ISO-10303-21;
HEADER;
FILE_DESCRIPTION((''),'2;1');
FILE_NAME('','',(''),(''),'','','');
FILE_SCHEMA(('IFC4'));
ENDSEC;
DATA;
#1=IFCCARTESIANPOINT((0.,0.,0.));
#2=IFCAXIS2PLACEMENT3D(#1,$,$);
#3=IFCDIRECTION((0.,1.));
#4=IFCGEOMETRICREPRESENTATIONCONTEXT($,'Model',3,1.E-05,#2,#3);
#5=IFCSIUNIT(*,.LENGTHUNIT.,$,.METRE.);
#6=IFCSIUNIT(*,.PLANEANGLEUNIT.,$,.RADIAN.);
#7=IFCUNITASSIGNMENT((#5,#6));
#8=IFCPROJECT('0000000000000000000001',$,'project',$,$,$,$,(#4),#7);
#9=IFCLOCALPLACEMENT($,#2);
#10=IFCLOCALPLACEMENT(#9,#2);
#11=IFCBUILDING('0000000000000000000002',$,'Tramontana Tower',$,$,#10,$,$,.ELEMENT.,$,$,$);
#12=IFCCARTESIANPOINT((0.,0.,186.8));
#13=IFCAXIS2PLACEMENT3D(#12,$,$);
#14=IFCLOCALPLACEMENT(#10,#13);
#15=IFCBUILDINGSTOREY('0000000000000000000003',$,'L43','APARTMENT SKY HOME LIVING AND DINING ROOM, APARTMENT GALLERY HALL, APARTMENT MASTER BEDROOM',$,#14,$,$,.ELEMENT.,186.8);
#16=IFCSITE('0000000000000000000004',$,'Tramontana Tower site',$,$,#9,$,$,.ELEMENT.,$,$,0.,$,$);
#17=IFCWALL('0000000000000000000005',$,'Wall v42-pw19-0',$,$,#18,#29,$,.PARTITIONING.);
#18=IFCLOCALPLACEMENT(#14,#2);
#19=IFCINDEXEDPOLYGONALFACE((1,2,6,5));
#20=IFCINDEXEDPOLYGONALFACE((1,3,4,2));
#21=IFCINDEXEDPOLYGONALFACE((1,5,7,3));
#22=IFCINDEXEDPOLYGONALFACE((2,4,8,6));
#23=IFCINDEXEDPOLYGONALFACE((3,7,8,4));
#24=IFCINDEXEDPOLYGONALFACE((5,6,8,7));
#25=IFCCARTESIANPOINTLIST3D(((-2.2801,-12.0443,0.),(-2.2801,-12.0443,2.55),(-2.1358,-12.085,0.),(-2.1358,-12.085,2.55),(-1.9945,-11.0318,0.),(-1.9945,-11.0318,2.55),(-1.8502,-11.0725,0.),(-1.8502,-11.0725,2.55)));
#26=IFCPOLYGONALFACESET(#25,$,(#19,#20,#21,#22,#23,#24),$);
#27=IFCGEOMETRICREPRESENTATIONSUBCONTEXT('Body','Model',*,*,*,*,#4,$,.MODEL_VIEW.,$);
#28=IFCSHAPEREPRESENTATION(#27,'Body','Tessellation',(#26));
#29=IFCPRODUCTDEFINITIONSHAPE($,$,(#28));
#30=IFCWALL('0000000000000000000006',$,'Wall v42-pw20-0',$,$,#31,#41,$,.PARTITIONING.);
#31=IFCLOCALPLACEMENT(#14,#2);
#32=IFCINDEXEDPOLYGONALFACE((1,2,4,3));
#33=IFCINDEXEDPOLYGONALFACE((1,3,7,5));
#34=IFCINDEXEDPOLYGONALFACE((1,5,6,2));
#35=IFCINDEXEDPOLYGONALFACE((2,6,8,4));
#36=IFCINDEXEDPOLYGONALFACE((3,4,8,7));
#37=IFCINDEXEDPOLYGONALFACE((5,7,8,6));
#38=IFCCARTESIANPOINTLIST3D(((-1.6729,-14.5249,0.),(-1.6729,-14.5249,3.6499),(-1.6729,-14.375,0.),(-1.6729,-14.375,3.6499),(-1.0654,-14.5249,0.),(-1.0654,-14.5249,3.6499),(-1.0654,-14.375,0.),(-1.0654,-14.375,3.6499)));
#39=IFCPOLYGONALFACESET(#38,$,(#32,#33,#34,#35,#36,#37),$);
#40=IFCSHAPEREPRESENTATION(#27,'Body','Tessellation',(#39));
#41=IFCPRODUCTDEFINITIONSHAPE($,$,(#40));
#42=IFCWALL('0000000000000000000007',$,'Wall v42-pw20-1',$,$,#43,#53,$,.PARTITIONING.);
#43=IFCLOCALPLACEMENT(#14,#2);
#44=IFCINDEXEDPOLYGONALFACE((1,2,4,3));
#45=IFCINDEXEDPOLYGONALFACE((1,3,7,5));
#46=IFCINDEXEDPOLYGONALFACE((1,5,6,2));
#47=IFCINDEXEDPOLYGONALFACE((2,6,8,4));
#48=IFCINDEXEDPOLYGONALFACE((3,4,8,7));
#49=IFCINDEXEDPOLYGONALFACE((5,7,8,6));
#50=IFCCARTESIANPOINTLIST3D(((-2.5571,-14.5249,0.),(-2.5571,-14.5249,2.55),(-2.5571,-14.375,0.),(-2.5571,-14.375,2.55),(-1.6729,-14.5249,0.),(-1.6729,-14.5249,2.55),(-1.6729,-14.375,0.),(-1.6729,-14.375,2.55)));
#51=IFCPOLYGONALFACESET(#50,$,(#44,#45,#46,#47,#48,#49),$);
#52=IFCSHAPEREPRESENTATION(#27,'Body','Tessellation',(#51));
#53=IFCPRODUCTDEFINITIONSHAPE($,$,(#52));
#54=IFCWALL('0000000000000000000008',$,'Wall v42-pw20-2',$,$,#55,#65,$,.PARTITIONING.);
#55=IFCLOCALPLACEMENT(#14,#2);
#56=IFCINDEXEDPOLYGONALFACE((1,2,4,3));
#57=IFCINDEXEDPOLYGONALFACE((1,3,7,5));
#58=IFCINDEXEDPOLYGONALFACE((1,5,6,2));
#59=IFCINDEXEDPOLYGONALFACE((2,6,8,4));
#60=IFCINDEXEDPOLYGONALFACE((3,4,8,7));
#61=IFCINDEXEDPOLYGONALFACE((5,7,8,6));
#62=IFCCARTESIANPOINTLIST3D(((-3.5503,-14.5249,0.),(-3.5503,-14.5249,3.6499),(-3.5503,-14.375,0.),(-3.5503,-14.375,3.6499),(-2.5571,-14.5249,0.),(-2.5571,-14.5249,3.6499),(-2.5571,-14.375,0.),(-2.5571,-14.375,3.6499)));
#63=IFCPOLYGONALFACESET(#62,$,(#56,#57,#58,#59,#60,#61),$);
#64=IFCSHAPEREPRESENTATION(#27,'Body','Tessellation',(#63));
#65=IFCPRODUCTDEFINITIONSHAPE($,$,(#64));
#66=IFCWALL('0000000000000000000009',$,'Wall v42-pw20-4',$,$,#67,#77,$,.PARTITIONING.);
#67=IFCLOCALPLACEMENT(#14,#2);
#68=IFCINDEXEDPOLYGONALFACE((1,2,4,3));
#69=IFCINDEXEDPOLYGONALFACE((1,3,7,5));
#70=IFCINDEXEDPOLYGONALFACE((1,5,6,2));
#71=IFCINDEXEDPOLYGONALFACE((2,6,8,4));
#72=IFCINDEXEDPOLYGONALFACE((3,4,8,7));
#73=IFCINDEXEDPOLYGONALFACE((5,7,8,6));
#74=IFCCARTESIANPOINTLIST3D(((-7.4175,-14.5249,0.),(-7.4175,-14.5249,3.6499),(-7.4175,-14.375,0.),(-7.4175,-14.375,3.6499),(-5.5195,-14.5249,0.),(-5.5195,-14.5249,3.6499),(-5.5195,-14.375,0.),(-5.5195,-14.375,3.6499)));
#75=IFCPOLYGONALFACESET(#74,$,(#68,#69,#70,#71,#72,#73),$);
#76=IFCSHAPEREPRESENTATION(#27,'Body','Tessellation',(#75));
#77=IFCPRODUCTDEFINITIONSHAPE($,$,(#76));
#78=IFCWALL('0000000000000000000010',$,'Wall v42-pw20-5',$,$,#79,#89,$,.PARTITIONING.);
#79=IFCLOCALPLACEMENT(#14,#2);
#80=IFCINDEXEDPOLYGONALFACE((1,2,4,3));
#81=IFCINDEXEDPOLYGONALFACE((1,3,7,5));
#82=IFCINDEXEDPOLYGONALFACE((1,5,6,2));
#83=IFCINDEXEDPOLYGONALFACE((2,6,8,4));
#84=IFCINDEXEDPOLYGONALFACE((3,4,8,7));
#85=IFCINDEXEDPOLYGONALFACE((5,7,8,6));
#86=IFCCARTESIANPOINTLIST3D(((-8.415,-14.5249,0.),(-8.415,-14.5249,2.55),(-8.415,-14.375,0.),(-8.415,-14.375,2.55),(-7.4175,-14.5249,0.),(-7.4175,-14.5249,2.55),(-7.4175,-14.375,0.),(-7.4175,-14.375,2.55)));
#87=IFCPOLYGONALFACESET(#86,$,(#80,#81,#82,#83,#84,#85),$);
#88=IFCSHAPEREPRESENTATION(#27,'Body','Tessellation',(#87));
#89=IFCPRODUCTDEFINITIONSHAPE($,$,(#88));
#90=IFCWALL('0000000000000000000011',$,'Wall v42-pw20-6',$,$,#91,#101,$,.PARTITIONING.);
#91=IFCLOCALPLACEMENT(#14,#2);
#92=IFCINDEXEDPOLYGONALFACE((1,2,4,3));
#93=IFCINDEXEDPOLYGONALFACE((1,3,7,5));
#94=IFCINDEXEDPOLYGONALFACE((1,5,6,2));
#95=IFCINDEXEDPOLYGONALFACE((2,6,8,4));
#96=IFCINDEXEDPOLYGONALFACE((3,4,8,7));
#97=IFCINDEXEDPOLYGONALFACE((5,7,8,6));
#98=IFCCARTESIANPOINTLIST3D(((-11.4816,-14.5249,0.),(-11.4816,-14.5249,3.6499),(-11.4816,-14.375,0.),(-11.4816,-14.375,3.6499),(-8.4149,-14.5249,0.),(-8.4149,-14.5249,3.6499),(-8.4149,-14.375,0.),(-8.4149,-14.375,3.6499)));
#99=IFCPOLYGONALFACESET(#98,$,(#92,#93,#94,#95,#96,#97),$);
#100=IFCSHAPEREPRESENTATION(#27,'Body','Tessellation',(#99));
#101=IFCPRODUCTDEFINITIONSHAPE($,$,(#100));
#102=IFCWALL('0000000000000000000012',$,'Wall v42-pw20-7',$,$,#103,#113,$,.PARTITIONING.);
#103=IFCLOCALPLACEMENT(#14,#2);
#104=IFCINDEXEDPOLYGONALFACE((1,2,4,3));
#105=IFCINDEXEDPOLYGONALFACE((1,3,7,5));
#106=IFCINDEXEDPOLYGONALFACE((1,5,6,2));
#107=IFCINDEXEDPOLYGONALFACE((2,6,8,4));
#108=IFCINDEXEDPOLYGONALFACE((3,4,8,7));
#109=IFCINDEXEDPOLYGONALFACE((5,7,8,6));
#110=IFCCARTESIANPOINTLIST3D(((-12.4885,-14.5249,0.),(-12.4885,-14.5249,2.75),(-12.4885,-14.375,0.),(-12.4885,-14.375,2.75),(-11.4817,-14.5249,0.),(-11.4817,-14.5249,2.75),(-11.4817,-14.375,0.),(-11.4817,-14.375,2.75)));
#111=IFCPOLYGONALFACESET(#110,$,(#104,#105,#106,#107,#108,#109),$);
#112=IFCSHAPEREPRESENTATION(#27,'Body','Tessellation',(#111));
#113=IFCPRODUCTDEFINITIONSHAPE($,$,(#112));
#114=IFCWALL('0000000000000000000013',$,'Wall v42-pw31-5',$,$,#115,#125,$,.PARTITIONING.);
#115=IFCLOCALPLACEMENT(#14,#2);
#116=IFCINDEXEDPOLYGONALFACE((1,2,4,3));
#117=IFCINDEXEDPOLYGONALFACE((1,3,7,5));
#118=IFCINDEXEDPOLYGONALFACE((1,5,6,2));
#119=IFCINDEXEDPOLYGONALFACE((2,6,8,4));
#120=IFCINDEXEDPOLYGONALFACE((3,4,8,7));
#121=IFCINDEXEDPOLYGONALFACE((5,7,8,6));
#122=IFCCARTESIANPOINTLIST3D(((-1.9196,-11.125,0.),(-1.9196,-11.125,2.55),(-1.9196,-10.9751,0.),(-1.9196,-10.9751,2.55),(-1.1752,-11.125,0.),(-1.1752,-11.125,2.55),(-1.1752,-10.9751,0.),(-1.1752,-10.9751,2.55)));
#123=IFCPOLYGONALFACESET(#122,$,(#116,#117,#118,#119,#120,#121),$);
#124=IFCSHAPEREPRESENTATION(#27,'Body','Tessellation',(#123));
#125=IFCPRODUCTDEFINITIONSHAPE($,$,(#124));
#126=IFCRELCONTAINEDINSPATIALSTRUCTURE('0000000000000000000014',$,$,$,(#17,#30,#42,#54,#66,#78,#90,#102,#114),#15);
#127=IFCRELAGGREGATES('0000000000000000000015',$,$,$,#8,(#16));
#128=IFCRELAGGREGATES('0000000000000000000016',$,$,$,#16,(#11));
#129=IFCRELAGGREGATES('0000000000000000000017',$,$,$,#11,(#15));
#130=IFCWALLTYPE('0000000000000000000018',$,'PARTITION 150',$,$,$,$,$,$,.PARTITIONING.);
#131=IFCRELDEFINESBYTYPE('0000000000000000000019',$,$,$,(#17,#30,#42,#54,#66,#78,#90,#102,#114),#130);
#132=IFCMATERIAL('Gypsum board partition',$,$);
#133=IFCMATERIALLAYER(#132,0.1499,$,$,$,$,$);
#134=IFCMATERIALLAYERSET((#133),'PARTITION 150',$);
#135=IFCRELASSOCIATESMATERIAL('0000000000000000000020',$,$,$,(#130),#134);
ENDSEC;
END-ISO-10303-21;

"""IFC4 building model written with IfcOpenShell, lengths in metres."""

from ifc_helpers import new_model, si_unit, direction, frame, frame_2d, origin, place, context, subcontext, project, spatial, rectangle, extrude, material, layer, layer_set, type_object, element, save


model = new_model("IFC4")

# Units and contexts
model_context = context("Model", 3, precision=1e-05, world=origin(), true_north=direction((0.0, 1.0)))
body_context = subcontext(model_context, "Body", "Model", "MODEL_VIEW")
ifc_project = project(units=[si_unit("LENGTHUNIT", "METRE"), si_unit("PLANEANGLEUNIT", "RADIAN")], contexts=[model_context])

# Site, building, storey
site_placement = place(None, origin())
site = spatial("IfcSite", under=ifc_project, at=site_placement, Name="Tramontana Tower site", CompositionType="ELEMENT", RefElevation=0.0)
building_placement = place(site_placement, origin())
building = spatial("IfcBuilding", under=site, at=building_placement, Name="Tramontana Tower", CompositionType="ELEMENT")
storey_placement = place(building_placement, frame((0.0, 0.0, 186.8)))
storey = spatial("IfcBuildingStorey", under=building, at=storey_placement, Name="L43", Description="APARTMENT SKY HOME LIVING AND DINING ROOM, APARTMENT GALLERY HALL, APARTMENT MASTER BEDROOM", CompositionType="ELEMENT", Elevation=186.8)

# Shared definitions
ifc_material_1 = material(Name="Gypsum board partition")
ifc_layer_1 = layer(ifc_material_1, 0.1499)
ifc_layer_set_1 = layer_set([ifc_layer_1], Name="PARTITION 150")
wall_type_1 = type_object("IfcWallType", Name="PARTITION 150", PredefinedType="PARTITIONING", material=ifc_layer_set_1)

# Wall
wall_1_placement = place(storey_placement, frame((-1.9224, -11.0522, 0.0), z_axis=(0.0, 0.0, 1.0), x_axis=(-0.271532, -0.962429, 0.0)))
element("IfcWall", 1, at=wall_1_placement, inside=storey, type_object=wall_type_1, Name="Wall v42-pw19-0", PredefinedType="PARTITIONING", context=body_context, shape_type="SweptSolid", body=[
    extrude(rectangle(XDim=1.052, YDim=0.1499, at=frame_2d((0.5259, 0.0))), origin(), (0.0, 0.0, 1.0), 2.55),
])

# Walls
wall_2_placement = place(storey_placement, frame((-1.0654, -14.45, 0.0), z_axis=(0.0, 0.0, 1.0), x_axis=(-1.0, 0.0, 0.0)))
element("IfcWall", 2, at=wall_2_placement, inside=storey, type_object=wall_type_1, Name="Wall v42-pw20-0", PredefinedType="PARTITIONING", context=body_context, shape_type="SweptSolid", body=[
    extrude(rectangle(XDim=0.6074, YDim=0.1499, at=frame_2d((0.3037, 0.0))), origin(), (0.0, 0.0, 1.0), 3.6499),
])
wall_3_placement = place(storey_placement, frame((-1.6729, -14.45, 0.0), z_axis=(0.0, 0.0, 1.0), x_axis=(-1.0, 0.0, 0.0)))
element("IfcWall", 3, at=wall_3_placement, inside=storey, type_object=wall_type_1, Name="Wall v42-pw20-1", PredefinedType="PARTITIONING", context=body_context, shape_type="SweptSolid", body=[
    extrude(rectangle(XDim=0.8843, YDim=0.1499, at=frame_2d((0.4421, 0.0))), origin(), (0.0, 0.0, 1.0), 2.55),
])
wall_4_placement = place(storey_placement, frame((-2.5571, -14.45, 0.0), z_axis=(0.0, 0.0, 1.0), x_axis=(-1.0, 0.0, 0.0)))
element("IfcWall", 4, at=wall_4_placement, inside=storey, type_object=wall_type_1, Name="Wall v42-pw20-2", PredefinedType="PARTITIONING", context=body_context, shape_type="SweptSolid", body=[
    extrude(rectangle(XDim=0.9932, YDim=0.1499, at=frame_2d((0.4966, 0.0))), origin(), (0.0, 0.0, 1.0), 3.6499),
])

# Walls
wall_5_placement = place(storey_placement, frame((-5.5195, -14.45, 0.0), z_axis=(0.0, 0.0, 1.0), x_axis=(-1.0, 0.0, 0.0)))
element("IfcWall", 5, at=wall_5_placement, inside=storey, type_object=wall_type_1, Name="Wall v42-pw20-4", PredefinedType="PARTITIONING", context=body_context, shape_type="SweptSolid", body=[
    extrude(rectangle(XDim=1.8979, YDim=0.1499, at=frame_2d((0.949, 0.0))), origin(), (0.0, 0.0, 1.0), 3.6499),
])
wall_6_placement = place(storey_placement, frame((-7.4175, -14.45, 0.0), z_axis=(0.0, 0.0, 1.0), x_axis=(-1.0, 0.0, 0.0)))
element("IfcWall", 6, at=wall_6_placement, inside=storey, type_object=wall_type_1, Name="Wall v42-pw20-5", PredefinedType="PARTITIONING", context=body_context, shape_type="SweptSolid", body=[
    extrude(rectangle(XDim=0.9976, YDim=0.1499, at=frame_2d((0.4988, 0.0))), origin(), (0.0, 0.0, 1.0), 2.55),
])
wall_7_placement = place(storey_placement, frame((-8.415, -14.45, 0.0), z_axis=(0.0, 0.0, 1.0), x_axis=(-1.0, 0.0, 0.0)))
element("IfcWall", 7, at=wall_7_placement, inside=storey, type_object=wall_type_1, Name="Wall v42-pw20-6", PredefinedType="PARTITIONING", context=body_context, shape_type="SweptSolid", body=[
    extrude(rectangle(XDim=3.0667, YDim=0.1499, at=frame_2d((1.5332, 0.0))), origin(), (0.0, 0.0, 1.0), 3.6499),
])
wall_8_placement = place(storey_placement, frame((-11.4817, -14.45, 0.0), z_axis=(0.0, 0.0, 1.0), x_axis=(-1.0, 0.0, 0.0)))
element("IfcWall", 8, at=wall_8_placement, inside=storey, type_object=wall_type_1, Name="Wall v42-pw20-7", PredefinedType="PARTITIONING", context=body_context, shape_type="SweptSolid", body=[
    extrude(rectangle(XDim=1.0068, YDim=0.1499, at=frame_2d((0.5034, 0.0))), origin(), (0.0, 0.0, 1.0), 2.75),
])
wall_9_placement = place(storey_placement, frame((-1.1753, -11.05, 0.0), z_axis=(0.0, 0.0, 1.0), x_axis=(-1.0, 0.0, 0.0)))
element("IfcWall", 9, at=wall_9_placement, inside=storey, type_object=wall_type_1, Name="Wall v42-pw31-5", PredefinedType="PARTITIONING", context=body_context, shape_type="SweptSolid", body=[
    extrude(rectangle(XDim=0.7444, YDim=0.1499, at=frame_2d((0.3721, 0.0))), origin(), (0.0, 0.0, 1.0), 2.55),
])

save(model, "model.ifc")
